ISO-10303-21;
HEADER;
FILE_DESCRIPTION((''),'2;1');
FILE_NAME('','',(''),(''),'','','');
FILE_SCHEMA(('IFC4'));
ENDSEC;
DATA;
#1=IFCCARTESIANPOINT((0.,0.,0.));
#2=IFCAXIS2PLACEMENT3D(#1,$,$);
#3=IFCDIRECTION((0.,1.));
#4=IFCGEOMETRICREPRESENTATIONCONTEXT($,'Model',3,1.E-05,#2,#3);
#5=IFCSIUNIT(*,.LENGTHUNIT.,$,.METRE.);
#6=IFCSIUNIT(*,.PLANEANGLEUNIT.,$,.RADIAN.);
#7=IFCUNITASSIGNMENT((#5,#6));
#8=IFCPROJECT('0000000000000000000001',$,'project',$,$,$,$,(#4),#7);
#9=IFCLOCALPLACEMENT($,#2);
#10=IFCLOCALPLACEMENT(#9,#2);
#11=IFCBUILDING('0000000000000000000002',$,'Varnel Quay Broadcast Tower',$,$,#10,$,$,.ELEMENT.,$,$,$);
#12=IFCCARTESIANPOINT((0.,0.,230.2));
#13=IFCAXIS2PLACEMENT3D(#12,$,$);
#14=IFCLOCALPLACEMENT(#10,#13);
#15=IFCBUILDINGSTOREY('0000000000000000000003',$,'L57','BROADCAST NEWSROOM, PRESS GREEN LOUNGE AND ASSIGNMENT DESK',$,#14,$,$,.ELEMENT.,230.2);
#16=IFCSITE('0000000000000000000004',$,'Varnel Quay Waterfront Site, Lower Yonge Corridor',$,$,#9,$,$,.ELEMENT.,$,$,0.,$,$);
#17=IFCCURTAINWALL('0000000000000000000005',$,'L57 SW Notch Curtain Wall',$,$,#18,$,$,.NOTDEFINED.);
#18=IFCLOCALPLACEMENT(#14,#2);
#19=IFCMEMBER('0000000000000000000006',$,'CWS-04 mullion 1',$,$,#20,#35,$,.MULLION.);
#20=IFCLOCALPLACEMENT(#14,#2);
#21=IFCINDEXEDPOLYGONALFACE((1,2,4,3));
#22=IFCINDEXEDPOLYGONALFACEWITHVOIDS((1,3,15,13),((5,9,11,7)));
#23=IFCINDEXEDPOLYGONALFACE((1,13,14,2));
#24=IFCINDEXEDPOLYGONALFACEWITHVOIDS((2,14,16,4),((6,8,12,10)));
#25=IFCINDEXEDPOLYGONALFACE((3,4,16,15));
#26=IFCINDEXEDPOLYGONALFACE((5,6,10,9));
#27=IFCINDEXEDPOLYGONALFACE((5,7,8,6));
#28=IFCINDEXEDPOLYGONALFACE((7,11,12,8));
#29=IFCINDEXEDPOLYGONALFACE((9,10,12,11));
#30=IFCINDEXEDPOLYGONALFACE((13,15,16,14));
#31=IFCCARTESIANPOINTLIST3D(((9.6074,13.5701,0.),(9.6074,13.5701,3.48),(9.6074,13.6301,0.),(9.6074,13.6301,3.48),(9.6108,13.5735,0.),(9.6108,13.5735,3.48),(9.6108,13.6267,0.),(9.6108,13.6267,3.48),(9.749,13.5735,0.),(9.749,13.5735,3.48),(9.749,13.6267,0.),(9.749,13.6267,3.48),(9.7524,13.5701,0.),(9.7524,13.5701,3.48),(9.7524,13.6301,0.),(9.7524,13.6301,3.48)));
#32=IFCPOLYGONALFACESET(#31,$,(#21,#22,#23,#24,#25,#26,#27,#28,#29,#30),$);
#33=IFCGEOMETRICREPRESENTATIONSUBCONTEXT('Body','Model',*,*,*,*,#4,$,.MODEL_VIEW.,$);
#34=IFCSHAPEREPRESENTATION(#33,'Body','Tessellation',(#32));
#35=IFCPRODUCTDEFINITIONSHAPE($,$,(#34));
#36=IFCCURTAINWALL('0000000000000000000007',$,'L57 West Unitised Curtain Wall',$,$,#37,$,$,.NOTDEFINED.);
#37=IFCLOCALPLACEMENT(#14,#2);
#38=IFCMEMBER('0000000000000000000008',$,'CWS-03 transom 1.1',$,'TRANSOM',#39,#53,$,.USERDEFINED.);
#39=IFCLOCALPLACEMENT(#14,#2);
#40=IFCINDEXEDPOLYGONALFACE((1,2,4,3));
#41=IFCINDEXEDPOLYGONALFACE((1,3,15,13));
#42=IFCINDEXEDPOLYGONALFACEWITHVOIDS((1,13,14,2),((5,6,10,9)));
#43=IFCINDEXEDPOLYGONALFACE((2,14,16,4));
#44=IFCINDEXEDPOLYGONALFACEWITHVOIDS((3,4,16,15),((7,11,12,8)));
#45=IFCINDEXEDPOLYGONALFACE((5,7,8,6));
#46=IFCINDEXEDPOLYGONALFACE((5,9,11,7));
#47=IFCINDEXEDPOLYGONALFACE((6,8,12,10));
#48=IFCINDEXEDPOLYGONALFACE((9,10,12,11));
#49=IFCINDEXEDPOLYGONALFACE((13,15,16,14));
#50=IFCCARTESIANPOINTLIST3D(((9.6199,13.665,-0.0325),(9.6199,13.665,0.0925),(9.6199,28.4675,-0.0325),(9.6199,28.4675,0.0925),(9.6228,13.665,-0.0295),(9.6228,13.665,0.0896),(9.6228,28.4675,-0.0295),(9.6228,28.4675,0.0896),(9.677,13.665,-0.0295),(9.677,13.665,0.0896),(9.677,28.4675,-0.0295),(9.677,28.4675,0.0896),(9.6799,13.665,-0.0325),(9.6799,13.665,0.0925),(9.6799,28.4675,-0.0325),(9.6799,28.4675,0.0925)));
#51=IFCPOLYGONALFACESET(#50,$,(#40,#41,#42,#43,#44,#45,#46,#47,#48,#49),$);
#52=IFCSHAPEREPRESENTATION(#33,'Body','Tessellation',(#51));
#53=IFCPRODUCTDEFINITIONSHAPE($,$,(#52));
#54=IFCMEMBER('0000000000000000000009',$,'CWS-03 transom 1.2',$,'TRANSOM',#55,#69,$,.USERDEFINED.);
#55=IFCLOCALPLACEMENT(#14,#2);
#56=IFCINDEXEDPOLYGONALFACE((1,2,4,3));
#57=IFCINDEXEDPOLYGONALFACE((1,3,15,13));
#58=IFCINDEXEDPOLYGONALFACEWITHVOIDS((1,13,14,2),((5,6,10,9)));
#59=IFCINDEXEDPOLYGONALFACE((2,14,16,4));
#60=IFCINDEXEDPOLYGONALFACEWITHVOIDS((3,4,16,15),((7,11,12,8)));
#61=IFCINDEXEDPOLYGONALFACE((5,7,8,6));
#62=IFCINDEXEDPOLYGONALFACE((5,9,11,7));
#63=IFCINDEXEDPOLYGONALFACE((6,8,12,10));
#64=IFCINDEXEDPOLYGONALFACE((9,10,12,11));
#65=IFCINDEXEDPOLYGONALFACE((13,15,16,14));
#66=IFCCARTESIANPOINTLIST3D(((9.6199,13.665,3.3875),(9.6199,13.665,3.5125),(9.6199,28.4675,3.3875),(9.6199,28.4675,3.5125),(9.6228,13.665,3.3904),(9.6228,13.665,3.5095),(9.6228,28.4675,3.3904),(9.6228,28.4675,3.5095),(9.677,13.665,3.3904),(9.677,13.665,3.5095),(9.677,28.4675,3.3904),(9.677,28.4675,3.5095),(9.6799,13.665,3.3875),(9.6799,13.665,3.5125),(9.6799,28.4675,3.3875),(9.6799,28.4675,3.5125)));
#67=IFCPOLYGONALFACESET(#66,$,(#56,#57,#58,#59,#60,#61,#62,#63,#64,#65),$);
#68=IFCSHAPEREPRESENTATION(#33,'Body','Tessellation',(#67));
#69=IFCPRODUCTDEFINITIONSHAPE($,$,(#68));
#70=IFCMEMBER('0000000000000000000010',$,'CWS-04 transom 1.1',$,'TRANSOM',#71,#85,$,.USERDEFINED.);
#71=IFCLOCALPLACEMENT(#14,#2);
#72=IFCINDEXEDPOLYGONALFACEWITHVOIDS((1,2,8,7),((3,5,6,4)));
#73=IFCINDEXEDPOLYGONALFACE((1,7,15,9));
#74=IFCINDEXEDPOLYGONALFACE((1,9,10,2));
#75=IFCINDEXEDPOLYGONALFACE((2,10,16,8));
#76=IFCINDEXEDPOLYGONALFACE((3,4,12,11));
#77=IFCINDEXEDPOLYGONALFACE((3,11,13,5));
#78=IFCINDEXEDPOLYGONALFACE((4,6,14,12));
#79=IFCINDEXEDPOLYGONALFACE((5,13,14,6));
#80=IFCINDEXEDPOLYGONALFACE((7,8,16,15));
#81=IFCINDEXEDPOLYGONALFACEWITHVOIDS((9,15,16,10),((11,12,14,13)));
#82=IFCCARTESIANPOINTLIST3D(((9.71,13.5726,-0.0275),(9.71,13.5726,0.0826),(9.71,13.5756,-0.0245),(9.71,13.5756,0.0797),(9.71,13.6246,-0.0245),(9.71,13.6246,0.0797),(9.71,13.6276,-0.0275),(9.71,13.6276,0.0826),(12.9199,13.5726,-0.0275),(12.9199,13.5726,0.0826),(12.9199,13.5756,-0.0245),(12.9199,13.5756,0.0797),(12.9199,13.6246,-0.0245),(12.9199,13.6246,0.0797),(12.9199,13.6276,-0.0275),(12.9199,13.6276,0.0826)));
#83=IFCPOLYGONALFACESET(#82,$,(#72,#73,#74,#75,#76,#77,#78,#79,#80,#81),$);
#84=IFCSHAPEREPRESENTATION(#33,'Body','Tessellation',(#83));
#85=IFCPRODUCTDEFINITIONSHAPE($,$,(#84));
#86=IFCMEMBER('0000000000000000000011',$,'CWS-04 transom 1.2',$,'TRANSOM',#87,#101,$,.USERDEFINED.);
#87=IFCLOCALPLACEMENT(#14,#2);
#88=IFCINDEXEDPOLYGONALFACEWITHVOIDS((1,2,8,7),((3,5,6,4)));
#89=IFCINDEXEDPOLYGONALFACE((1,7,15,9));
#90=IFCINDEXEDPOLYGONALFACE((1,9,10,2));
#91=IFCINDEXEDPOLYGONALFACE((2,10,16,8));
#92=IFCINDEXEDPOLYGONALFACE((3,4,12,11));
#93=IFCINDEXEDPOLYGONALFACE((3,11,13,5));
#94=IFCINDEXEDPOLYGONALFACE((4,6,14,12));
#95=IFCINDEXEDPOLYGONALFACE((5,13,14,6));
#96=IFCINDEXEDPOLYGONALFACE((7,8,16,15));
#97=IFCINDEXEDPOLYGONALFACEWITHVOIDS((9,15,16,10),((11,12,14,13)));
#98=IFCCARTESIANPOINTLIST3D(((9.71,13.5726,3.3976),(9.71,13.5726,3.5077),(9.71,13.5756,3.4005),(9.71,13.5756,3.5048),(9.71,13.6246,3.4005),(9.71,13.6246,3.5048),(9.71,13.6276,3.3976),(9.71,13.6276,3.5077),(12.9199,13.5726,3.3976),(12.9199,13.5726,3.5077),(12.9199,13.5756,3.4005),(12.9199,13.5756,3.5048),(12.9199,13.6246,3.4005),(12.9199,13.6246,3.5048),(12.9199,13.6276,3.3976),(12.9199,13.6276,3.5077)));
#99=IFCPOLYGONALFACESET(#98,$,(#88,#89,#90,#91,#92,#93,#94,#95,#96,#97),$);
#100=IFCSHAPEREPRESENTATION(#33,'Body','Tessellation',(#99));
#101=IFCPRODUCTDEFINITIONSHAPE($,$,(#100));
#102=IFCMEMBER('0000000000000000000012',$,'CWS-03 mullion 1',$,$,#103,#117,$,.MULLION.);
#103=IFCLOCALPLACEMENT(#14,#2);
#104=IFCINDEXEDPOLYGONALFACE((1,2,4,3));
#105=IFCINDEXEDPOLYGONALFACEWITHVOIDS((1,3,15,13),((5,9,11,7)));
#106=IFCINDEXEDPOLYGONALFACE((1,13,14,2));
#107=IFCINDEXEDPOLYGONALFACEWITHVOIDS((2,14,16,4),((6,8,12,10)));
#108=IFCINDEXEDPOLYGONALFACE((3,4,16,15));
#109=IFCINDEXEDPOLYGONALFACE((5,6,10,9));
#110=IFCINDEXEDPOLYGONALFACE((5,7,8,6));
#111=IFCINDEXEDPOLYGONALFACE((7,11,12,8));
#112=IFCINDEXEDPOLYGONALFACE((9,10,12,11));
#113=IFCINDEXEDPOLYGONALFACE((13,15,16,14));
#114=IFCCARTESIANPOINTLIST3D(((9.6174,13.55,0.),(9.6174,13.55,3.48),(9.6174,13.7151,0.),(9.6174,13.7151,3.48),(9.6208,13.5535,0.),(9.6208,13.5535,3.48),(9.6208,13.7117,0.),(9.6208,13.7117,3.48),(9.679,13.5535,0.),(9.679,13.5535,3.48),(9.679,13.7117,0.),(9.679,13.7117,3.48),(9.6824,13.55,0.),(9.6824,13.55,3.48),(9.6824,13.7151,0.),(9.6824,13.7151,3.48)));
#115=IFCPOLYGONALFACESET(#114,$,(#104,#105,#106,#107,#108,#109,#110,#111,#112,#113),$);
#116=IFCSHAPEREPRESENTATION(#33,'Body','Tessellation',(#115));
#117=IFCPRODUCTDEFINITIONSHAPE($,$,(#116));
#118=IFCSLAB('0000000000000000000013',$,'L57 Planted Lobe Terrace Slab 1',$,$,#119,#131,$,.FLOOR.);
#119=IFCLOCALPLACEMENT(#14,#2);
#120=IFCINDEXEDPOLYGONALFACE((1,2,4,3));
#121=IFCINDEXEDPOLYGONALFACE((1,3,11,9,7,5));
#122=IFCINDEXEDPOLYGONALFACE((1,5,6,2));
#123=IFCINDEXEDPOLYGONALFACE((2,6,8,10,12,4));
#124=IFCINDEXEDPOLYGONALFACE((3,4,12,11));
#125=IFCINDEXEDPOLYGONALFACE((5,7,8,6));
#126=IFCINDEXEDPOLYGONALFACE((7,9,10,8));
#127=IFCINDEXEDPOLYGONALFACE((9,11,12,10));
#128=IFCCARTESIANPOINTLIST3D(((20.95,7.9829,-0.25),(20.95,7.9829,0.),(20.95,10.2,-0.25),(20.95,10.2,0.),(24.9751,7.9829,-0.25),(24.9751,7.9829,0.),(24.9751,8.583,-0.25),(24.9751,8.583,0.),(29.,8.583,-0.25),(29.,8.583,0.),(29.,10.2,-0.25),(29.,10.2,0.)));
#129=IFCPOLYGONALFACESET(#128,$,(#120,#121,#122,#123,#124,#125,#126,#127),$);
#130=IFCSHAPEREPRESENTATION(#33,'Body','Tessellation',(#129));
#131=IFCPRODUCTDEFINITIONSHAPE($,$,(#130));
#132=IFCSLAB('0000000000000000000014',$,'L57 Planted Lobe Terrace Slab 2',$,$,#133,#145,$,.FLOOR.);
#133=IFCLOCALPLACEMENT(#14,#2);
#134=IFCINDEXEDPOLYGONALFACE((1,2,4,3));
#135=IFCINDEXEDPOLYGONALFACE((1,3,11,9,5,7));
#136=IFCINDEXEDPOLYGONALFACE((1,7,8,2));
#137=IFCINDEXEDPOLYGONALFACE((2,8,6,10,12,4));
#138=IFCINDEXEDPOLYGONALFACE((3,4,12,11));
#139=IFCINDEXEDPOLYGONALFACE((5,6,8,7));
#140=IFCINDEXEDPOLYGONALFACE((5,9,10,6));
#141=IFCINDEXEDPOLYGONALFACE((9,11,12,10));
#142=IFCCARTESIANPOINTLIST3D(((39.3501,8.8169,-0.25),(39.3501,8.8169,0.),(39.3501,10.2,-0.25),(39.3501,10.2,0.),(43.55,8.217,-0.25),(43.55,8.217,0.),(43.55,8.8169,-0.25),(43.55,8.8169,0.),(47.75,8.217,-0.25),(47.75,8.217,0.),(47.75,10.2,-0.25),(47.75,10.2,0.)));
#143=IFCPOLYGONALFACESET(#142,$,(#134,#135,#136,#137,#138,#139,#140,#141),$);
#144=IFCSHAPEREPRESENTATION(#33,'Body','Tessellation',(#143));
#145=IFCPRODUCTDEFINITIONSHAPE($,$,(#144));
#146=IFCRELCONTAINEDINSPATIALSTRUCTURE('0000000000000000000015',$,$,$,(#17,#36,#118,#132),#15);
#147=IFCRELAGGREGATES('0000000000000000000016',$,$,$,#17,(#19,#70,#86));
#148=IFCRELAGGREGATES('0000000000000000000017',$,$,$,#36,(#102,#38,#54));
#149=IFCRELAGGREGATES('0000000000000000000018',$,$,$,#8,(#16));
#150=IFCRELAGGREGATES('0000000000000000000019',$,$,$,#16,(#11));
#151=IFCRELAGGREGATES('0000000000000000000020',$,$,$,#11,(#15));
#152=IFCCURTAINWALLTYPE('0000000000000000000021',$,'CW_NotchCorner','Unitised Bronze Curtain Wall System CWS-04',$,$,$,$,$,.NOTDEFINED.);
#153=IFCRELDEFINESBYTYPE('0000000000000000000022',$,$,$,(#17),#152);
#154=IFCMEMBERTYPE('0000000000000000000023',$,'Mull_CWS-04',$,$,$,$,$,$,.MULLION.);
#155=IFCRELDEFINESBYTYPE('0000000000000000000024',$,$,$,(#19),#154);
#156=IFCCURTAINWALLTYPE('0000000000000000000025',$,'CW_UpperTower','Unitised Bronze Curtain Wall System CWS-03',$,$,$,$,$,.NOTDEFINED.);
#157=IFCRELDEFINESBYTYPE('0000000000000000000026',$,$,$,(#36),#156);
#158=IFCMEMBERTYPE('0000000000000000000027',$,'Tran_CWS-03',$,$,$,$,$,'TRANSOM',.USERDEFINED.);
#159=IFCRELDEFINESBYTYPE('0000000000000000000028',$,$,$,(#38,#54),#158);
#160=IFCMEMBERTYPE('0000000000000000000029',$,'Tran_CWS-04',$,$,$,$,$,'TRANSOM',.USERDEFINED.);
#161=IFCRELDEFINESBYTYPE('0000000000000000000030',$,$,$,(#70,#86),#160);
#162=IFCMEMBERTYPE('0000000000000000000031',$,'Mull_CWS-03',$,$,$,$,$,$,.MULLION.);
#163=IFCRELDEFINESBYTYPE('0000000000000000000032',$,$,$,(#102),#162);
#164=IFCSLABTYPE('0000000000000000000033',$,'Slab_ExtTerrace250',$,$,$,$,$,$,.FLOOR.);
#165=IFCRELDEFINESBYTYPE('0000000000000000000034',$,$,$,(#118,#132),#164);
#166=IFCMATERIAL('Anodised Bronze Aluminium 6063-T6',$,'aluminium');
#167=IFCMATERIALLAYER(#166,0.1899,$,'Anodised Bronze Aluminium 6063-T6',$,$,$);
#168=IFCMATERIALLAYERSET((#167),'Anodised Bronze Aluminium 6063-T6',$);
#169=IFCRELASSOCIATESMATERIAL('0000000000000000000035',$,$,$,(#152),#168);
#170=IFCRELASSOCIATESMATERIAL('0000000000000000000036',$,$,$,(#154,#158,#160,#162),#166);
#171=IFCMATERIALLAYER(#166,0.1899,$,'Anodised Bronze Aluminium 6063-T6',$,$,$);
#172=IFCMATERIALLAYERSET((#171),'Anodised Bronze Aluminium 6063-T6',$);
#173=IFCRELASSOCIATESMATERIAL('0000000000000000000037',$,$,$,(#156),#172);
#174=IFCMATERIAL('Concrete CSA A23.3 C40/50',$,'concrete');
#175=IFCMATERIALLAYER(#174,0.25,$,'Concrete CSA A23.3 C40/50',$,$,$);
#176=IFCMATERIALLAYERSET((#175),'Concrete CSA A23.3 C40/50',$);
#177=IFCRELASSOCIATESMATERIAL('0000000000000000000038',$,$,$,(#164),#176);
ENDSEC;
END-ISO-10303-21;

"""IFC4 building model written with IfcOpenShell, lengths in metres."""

from ifc_helpers import new_model, si_unit, direction, frame, origin, origin_2d, place, context, subcontext, project, spatial, polyline, hollow_rectangle, outline, extrude, source, transform, mapped, material, layer, layer_set, material_profile, profile_set, type_object, type_shapes, element, aggregate, save


model = new_model("IFC4")

# Units and contexts
model_context = context("Model", 3, precision=1e-05, world=origin(), true_north=direction((0.0, 1.0)))
body_context = subcontext(model_context, "Body", "Model", "MODEL_VIEW")
ifc_project = project(units=[si_unit("LENGTHUNIT", "METRE"), si_unit("PLANEANGLEUNIT", "RADIAN")], contexts=[model_context])

# Site, building, storey
site_placement = place(None, origin())
site = spatial("IfcSite", under=ifc_project, at=site_placement, Name="Varnel Quay Waterfront Site, Lower Yonge Corridor", CompositionType="ELEMENT", RefElevation=0.0)
building_placement = place(site_placement, origin())
building = spatial("IfcBuilding", under=site, at=building_placement, Name="Varnel Quay Broadcast Tower", CompositionType="ELEMENT")
storey_placement = place(building_placement, frame((0.0, 0.0, 230.2)))
storey = spatial("IfcBuildingStorey", under=building, at=storey_placement, Name="L57", Description="BROADCAST NEWSROOM, PRESS GREEN LOUNGE AND ASSIGNMENT DESK", CompositionType="ELEMENT", Elevation=230.2)

# Curtain wall, member
ifc_material_1 = material(Name="Anodised Bronze Aluminium 6063-T6", Category="aluminium")
ifc_layer_1 = layer(ifc_material_1, 0.1899, Name="Anodised Bronze Aluminium 6063-T6")
ifc_layer_set_1 = layer_set([ifc_layer_1], Name="Anodised Bronze Aluminium 6063-T6")
curtain_wall_type_1 = type_object("IfcCurtainWallType", Name="CW_NotchCorner", Description="Unitised Bronze Curtain Wall System CWS-04", PredefinedType="NOTDEFINED", material=ifc_layer_set_1)
curtain_wall_1_placement = place(storey_placement, origin())
curtain_wall_1 = element("IfcCurtainWall", 1, at=curtain_wall_1_placement, inside=storey, type_object=curtain_wall_type_1, Name="L57 SW Notch Curtain Wall", PredefinedType="NOTDEFINED")
ifc_material_profile_1 = material_profile(ifc_material_1, hollow_rectangle(XDim=0.0601, YDim=0.145, WallThickness=0.0034, at=origin_2d()), Name="ALU60X145X3.5")
ifc_profile_set_1 = profile_set([ifc_material_profile_1], Name="Anodised Bronze Aluminium 6063-T6")
member_type_1 = type_object("IfcMemberType", Name="Mull_CWS-04", PredefinedType="MULLION", material=ifc_profile_set_1)
shared_shape_1 = source(origin(), body_context, "Body", "SweptSolid", [
    extrude(hollow_rectangle(XDim=0.0601, YDim=0.145, WallThickness=0.0034, at=origin_2d()), origin(), (0.0, 0.0, 1.0), 3.48),
])
type_shapes(member_type_1, [shared_shape_1])
member_1_placement = place(storey_placement, frame((9.6799, 13.6001, 0.0), z_axis=(0.0, 0.0, 1.0), x_axis=(0.0, 1.0, 0.0)))
member_1 = element("IfcMember", 2, at=member_1_placement, type_object=member_type_1, Name="CWS-04 mullion 1", PredefinedType="MULLION", context=body_context, shape_type="MappedRepresentation", body=[
    mapped(shared_shape_1, transform((0.0, 0.0, 0.0), x_axis=(1.0, 0.0, 0.0), y_axis=(0.0, 1.0, 0.0), z_axis=(0.0, 0.0, 1.0), scale=1.0)),
])

# Curtain wall, members
ifc_layer_2 = layer(ifc_material_1, 0.1899, Name="Anodised Bronze Aluminium 6063-T6")
ifc_layer_set_2 = layer_set([ifc_layer_2], Name="Anodised Bronze Aluminium 6063-T6")
curtain_wall_type_2 = type_object("IfcCurtainWallType", Name="CW_UpperTower", Description="Unitised Bronze Curtain Wall System CWS-03", PredefinedType="NOTDEFINED", material=ifc_layer_set_2)
curtain_wall_2_placement = place(storey_placement, origin())
curtain_wall_2 = element("IfcCurtainWall", 3, at=curtain_wall_2_placement, inside=storey, type_object=curtain_wall_type_2, Name="L57 West Unitised Curtain Wall", PredefinedType="NOTDEFINED")
ifc_material_profile_2 = material_profile(ifc_material_1, hollow_rectangle(XDim=0.0601, YDim=0.125, WallThickness=0.0029, at=origin_2d()), Name="ALU60X125X3")
ifc_profile_set_2 = profile_set([ifc_material_profile_2], Name="Anodised Bronze Aluminium 6063-T6")
member_type_2 = type_object("IfcMemberType", Name="Tran_CWS-03", ElementType="TRANSOM", PredefinedType="USERDEFINED", material=ifc_profile_set_2)
shared_shape_2 = source(origin(), body_context, "Body", "SweptSolid", [
    extrude(hollow_rectangle(XDim=0.0601, YDim=0.125, WallThickness=0.0029, at=origin_2d()), origin(), (0.0, 0.0, 1.0), 14.8025),
])
type_shapes(member_type_2, [shared_shape_2])
member_2_placement = place(storey_placement, frame((9.6499, 13.665, 0.03), z_axis=(0.0, 1.0, 0.0), x_axis=(-1.0, 0.0, 0.0)))
member_2 = element("IfcMember", 4, at=member_2_placement, type_object=member_type_2, Name="CWS-03 transom 1.1", ObjectType="TRANSOM", PredefinedType="USERDEFINED", context=body_context, shape_type="MappedRepresentation", body=[
    mapped(shared_shape_2, transform((0.0, 0.0, 0.0), x_axis=(1.0, 0.0, 0.0), y_axis=(0.0, 1.0, 0.0), z_axis=(0.0, 0.0, 1.0), scale=1.0)),
])
member_3_placement = place(storey_placement, frame((9.6499, 13.665, 3.45), z_axis=(0.0, 1.0, 0.0), x_axis=(-1.0, 0.0, 0.0)))
member_3 = element("IfcMember", 5, at=member_3_placement, type_object=member_type_2, Name="CWS-03 transom 1.2", ObjectType="TRANSOM", PredefinedType="USERDEFINED", context=body_context, shape_type="MappedRepresentation", body=[
    mapped(shared_shape_2, transform((0.0, 0.0, 0.0), x_axis=(1.0, 0.0, 0.0), y_axis=(0.0, 1.0, 0.0), z_axis=(0.0, 0.0, 1.0), scale=1.0)),
])

# Members
ifc_material_profile_3 = material_profile(ifc_material_1, hollow_rectangle(XDim=0.0549, YDim=0.1101, WallThickness=0.0029, at=origin_2d()), Name="ALU55X110X3")
ifc_profile_set_3 = profile_set([ifc_material_profile_3], Name="Anodised Bronze Aluminium 6063-T6")
member_type_3 = type_object("IfcMemberType", Name="Tran_CWS-04", ElementType="TRANSOM", PredefinedType="USERDEFINED", material=ifc_profile_set_3)
shared_shape_3 = source(origin(), body_context, "Body", "SweptSolid", [
    extrude(hollow_rectangle(XDim=0.0549, YDim=0.1101, WallThickness=0.0029, at=origin_2d()), origin(), (0.0, 0.0, 1.0), 3.21),
])
type_shapes(member_type_3, [shared_shape_3])
member_4_placement = place(storey_placement, frame((9.71, 13.6001, 0.0276), z_axis=(1.0, 0.0, 0.0), x_axis=(0.0, 1.0, 0.0)))
member_4 = element("IfcMember", 6, at=member_4_placement, type_object=member_type_3, Name="CWS-04 transom 1.1", ObjectType="TRANSOM", PredefinedType="USERDEFINED", context=body_context, shape_type="MappedRepresentation", body=[
    mapped(shared_shape_3, transform((0.0, 0.0, 0.0), x_axis=(1.0, 0.0, 0.0), y_axis=(0.0, 1.0, 0.0), z_axis=(0.0, 0.0, 1.0), scale=1.0)),
])
member_5_placement = place(storey_placement, frame((9.71, 13.6001, 3.4526), z_axis=(1.0, 0.0, 0.0), x_axis=(0.0, 1.0, 0.0)))
member_5 = element("IfcMember", 7, at=member_5_placement, type_object=member_type_3, Name="CWS-04 transom 1.2", ObjectType="TRANSOM", PredefinedType="USERDEFINED", context=body_context, shape_type="MappedRepresentation", body=[
    mapped(shared_shape_3, transform((0.0, 0.0, 0.0), x_axis=(1.0, 0.0, 0.0), y_axis=(0.0, 1.0, 0.0), z_axis=(0.0, 0.0, 1.0), scale=1.0)),
])
aggregate(curtain_wall_1, [member_1, member_4, member_5])
ifc_material_profile_4 = material_profile(ifc_material_1, hollow_rectangle(XDim=0.0649, YDim=0.165, WallThickness=0.0034, at=origin_2d()), Name="ALU65X165X3.5")
ifc_profile_set_4 = profile_set([ifc_material_profile_4], Name="Anodised Bronze Aluminium 6063-T6")
member_type_4 = type_object("IfcMemberType", Name="Mull_CWS-03", PredefinedType="MULLION", material=ifc_profile_set_4)
shared_shape_4 = source(origin(), body_context, "Body", "SweptSolid", [
    extrude(hollow_rectangle(XDim=0.0649, YDim=0.165, WallThickness=0.0034, at=origin_2d()), origin(), (0.0, 0.0, 1.0), 3.48),
])
type_shapes(member_type_4, [shared_shape_4])
member_6_placement = place(storey_placement, frame((9.6499, 13.6326, 0.0), z_axis=(0.0, 0.0, 1.0), x_axis=(-1.0, 0.0, 0.0)))
member_6 = element("IfcMember", 8, at=member_6_placement, type_object=member_type_4, Name="CWS-03 mullion 1", PredefinedType="MULLION", context=body_context, shape_type="MappedRepresentation", body=[
    mapped(shared_shape_4, transform((0.0, 0.0, 0.0), x_axis=(1.0, 0.0, 0.0), y_axis=(0.0, 1.0, 0.0), z_axis=(0.0, 0.0, 1.0), scale=1.0)),
])
aggregate(curtain_wall_2, [member_6, member_2, member_3])

# Slabs
ifc_material_2 = material(Name="Concrete CSA A23.3 C40/50", Category="concrete")
ifc_layer_3 = layer(ifc_material_2, 0.25, Name="Concrete CSA A23.3 C40/50")
ifc_layer_set_3 = layer_set([ifc_layer_3], Name="Concrete CSA A23.3 C40/50")
slab_type_1 = type_object("IfcSlabType", Name="Slab_ExtTerrace250", PredefinedType="FLOOR", material=ifc_layer_set_3)
slab_1_placement = place(storey_placement, frame((0.0, 0.0, -0.25)))
element("IfcSlab", 9, at=slab_1_placement, inside=storey, type_object=slab_type_1, Name="L57 Planted Lobe Terrace Slab 1", PredefinedType="FLOOR", context=body_context, shape_type="SweptSolid", body=[
    extrude(outline(polyline([(20.95, 7.9829), (24.9751, 7.9829), (24.9751, 8.583), (29.0, 8.583), (29.0, 10.2), (20.95, 10.2), (20.95, 7.9829)])), origin(), (0.0, 0.0, 1.0), 0.25),
])
slab_2_placement = place(storey_placement, frame((0.0, 0.0, -0.25)))
element("IfcSlab", 10, at=slab_2_placement, inside=storey, type_object=slab_type_1, Name="L57 Planted Lobe Terrace Slab 2", PredefinedType="FLOOR", context=body_context, shape_type="SweptSolid", body=[
    extrude(outline(polyline([(39.3501, 8.8169), (43.55, 8.8169), (43.55, 8.217), (47.75, 8.217), (47.75, 10.2), (39.3501, 10.2), (39.3501, 8.8169)])), origin(), (0.0, 0.0, 1.0), 0.25),
])

save(model, "model.ifc")
